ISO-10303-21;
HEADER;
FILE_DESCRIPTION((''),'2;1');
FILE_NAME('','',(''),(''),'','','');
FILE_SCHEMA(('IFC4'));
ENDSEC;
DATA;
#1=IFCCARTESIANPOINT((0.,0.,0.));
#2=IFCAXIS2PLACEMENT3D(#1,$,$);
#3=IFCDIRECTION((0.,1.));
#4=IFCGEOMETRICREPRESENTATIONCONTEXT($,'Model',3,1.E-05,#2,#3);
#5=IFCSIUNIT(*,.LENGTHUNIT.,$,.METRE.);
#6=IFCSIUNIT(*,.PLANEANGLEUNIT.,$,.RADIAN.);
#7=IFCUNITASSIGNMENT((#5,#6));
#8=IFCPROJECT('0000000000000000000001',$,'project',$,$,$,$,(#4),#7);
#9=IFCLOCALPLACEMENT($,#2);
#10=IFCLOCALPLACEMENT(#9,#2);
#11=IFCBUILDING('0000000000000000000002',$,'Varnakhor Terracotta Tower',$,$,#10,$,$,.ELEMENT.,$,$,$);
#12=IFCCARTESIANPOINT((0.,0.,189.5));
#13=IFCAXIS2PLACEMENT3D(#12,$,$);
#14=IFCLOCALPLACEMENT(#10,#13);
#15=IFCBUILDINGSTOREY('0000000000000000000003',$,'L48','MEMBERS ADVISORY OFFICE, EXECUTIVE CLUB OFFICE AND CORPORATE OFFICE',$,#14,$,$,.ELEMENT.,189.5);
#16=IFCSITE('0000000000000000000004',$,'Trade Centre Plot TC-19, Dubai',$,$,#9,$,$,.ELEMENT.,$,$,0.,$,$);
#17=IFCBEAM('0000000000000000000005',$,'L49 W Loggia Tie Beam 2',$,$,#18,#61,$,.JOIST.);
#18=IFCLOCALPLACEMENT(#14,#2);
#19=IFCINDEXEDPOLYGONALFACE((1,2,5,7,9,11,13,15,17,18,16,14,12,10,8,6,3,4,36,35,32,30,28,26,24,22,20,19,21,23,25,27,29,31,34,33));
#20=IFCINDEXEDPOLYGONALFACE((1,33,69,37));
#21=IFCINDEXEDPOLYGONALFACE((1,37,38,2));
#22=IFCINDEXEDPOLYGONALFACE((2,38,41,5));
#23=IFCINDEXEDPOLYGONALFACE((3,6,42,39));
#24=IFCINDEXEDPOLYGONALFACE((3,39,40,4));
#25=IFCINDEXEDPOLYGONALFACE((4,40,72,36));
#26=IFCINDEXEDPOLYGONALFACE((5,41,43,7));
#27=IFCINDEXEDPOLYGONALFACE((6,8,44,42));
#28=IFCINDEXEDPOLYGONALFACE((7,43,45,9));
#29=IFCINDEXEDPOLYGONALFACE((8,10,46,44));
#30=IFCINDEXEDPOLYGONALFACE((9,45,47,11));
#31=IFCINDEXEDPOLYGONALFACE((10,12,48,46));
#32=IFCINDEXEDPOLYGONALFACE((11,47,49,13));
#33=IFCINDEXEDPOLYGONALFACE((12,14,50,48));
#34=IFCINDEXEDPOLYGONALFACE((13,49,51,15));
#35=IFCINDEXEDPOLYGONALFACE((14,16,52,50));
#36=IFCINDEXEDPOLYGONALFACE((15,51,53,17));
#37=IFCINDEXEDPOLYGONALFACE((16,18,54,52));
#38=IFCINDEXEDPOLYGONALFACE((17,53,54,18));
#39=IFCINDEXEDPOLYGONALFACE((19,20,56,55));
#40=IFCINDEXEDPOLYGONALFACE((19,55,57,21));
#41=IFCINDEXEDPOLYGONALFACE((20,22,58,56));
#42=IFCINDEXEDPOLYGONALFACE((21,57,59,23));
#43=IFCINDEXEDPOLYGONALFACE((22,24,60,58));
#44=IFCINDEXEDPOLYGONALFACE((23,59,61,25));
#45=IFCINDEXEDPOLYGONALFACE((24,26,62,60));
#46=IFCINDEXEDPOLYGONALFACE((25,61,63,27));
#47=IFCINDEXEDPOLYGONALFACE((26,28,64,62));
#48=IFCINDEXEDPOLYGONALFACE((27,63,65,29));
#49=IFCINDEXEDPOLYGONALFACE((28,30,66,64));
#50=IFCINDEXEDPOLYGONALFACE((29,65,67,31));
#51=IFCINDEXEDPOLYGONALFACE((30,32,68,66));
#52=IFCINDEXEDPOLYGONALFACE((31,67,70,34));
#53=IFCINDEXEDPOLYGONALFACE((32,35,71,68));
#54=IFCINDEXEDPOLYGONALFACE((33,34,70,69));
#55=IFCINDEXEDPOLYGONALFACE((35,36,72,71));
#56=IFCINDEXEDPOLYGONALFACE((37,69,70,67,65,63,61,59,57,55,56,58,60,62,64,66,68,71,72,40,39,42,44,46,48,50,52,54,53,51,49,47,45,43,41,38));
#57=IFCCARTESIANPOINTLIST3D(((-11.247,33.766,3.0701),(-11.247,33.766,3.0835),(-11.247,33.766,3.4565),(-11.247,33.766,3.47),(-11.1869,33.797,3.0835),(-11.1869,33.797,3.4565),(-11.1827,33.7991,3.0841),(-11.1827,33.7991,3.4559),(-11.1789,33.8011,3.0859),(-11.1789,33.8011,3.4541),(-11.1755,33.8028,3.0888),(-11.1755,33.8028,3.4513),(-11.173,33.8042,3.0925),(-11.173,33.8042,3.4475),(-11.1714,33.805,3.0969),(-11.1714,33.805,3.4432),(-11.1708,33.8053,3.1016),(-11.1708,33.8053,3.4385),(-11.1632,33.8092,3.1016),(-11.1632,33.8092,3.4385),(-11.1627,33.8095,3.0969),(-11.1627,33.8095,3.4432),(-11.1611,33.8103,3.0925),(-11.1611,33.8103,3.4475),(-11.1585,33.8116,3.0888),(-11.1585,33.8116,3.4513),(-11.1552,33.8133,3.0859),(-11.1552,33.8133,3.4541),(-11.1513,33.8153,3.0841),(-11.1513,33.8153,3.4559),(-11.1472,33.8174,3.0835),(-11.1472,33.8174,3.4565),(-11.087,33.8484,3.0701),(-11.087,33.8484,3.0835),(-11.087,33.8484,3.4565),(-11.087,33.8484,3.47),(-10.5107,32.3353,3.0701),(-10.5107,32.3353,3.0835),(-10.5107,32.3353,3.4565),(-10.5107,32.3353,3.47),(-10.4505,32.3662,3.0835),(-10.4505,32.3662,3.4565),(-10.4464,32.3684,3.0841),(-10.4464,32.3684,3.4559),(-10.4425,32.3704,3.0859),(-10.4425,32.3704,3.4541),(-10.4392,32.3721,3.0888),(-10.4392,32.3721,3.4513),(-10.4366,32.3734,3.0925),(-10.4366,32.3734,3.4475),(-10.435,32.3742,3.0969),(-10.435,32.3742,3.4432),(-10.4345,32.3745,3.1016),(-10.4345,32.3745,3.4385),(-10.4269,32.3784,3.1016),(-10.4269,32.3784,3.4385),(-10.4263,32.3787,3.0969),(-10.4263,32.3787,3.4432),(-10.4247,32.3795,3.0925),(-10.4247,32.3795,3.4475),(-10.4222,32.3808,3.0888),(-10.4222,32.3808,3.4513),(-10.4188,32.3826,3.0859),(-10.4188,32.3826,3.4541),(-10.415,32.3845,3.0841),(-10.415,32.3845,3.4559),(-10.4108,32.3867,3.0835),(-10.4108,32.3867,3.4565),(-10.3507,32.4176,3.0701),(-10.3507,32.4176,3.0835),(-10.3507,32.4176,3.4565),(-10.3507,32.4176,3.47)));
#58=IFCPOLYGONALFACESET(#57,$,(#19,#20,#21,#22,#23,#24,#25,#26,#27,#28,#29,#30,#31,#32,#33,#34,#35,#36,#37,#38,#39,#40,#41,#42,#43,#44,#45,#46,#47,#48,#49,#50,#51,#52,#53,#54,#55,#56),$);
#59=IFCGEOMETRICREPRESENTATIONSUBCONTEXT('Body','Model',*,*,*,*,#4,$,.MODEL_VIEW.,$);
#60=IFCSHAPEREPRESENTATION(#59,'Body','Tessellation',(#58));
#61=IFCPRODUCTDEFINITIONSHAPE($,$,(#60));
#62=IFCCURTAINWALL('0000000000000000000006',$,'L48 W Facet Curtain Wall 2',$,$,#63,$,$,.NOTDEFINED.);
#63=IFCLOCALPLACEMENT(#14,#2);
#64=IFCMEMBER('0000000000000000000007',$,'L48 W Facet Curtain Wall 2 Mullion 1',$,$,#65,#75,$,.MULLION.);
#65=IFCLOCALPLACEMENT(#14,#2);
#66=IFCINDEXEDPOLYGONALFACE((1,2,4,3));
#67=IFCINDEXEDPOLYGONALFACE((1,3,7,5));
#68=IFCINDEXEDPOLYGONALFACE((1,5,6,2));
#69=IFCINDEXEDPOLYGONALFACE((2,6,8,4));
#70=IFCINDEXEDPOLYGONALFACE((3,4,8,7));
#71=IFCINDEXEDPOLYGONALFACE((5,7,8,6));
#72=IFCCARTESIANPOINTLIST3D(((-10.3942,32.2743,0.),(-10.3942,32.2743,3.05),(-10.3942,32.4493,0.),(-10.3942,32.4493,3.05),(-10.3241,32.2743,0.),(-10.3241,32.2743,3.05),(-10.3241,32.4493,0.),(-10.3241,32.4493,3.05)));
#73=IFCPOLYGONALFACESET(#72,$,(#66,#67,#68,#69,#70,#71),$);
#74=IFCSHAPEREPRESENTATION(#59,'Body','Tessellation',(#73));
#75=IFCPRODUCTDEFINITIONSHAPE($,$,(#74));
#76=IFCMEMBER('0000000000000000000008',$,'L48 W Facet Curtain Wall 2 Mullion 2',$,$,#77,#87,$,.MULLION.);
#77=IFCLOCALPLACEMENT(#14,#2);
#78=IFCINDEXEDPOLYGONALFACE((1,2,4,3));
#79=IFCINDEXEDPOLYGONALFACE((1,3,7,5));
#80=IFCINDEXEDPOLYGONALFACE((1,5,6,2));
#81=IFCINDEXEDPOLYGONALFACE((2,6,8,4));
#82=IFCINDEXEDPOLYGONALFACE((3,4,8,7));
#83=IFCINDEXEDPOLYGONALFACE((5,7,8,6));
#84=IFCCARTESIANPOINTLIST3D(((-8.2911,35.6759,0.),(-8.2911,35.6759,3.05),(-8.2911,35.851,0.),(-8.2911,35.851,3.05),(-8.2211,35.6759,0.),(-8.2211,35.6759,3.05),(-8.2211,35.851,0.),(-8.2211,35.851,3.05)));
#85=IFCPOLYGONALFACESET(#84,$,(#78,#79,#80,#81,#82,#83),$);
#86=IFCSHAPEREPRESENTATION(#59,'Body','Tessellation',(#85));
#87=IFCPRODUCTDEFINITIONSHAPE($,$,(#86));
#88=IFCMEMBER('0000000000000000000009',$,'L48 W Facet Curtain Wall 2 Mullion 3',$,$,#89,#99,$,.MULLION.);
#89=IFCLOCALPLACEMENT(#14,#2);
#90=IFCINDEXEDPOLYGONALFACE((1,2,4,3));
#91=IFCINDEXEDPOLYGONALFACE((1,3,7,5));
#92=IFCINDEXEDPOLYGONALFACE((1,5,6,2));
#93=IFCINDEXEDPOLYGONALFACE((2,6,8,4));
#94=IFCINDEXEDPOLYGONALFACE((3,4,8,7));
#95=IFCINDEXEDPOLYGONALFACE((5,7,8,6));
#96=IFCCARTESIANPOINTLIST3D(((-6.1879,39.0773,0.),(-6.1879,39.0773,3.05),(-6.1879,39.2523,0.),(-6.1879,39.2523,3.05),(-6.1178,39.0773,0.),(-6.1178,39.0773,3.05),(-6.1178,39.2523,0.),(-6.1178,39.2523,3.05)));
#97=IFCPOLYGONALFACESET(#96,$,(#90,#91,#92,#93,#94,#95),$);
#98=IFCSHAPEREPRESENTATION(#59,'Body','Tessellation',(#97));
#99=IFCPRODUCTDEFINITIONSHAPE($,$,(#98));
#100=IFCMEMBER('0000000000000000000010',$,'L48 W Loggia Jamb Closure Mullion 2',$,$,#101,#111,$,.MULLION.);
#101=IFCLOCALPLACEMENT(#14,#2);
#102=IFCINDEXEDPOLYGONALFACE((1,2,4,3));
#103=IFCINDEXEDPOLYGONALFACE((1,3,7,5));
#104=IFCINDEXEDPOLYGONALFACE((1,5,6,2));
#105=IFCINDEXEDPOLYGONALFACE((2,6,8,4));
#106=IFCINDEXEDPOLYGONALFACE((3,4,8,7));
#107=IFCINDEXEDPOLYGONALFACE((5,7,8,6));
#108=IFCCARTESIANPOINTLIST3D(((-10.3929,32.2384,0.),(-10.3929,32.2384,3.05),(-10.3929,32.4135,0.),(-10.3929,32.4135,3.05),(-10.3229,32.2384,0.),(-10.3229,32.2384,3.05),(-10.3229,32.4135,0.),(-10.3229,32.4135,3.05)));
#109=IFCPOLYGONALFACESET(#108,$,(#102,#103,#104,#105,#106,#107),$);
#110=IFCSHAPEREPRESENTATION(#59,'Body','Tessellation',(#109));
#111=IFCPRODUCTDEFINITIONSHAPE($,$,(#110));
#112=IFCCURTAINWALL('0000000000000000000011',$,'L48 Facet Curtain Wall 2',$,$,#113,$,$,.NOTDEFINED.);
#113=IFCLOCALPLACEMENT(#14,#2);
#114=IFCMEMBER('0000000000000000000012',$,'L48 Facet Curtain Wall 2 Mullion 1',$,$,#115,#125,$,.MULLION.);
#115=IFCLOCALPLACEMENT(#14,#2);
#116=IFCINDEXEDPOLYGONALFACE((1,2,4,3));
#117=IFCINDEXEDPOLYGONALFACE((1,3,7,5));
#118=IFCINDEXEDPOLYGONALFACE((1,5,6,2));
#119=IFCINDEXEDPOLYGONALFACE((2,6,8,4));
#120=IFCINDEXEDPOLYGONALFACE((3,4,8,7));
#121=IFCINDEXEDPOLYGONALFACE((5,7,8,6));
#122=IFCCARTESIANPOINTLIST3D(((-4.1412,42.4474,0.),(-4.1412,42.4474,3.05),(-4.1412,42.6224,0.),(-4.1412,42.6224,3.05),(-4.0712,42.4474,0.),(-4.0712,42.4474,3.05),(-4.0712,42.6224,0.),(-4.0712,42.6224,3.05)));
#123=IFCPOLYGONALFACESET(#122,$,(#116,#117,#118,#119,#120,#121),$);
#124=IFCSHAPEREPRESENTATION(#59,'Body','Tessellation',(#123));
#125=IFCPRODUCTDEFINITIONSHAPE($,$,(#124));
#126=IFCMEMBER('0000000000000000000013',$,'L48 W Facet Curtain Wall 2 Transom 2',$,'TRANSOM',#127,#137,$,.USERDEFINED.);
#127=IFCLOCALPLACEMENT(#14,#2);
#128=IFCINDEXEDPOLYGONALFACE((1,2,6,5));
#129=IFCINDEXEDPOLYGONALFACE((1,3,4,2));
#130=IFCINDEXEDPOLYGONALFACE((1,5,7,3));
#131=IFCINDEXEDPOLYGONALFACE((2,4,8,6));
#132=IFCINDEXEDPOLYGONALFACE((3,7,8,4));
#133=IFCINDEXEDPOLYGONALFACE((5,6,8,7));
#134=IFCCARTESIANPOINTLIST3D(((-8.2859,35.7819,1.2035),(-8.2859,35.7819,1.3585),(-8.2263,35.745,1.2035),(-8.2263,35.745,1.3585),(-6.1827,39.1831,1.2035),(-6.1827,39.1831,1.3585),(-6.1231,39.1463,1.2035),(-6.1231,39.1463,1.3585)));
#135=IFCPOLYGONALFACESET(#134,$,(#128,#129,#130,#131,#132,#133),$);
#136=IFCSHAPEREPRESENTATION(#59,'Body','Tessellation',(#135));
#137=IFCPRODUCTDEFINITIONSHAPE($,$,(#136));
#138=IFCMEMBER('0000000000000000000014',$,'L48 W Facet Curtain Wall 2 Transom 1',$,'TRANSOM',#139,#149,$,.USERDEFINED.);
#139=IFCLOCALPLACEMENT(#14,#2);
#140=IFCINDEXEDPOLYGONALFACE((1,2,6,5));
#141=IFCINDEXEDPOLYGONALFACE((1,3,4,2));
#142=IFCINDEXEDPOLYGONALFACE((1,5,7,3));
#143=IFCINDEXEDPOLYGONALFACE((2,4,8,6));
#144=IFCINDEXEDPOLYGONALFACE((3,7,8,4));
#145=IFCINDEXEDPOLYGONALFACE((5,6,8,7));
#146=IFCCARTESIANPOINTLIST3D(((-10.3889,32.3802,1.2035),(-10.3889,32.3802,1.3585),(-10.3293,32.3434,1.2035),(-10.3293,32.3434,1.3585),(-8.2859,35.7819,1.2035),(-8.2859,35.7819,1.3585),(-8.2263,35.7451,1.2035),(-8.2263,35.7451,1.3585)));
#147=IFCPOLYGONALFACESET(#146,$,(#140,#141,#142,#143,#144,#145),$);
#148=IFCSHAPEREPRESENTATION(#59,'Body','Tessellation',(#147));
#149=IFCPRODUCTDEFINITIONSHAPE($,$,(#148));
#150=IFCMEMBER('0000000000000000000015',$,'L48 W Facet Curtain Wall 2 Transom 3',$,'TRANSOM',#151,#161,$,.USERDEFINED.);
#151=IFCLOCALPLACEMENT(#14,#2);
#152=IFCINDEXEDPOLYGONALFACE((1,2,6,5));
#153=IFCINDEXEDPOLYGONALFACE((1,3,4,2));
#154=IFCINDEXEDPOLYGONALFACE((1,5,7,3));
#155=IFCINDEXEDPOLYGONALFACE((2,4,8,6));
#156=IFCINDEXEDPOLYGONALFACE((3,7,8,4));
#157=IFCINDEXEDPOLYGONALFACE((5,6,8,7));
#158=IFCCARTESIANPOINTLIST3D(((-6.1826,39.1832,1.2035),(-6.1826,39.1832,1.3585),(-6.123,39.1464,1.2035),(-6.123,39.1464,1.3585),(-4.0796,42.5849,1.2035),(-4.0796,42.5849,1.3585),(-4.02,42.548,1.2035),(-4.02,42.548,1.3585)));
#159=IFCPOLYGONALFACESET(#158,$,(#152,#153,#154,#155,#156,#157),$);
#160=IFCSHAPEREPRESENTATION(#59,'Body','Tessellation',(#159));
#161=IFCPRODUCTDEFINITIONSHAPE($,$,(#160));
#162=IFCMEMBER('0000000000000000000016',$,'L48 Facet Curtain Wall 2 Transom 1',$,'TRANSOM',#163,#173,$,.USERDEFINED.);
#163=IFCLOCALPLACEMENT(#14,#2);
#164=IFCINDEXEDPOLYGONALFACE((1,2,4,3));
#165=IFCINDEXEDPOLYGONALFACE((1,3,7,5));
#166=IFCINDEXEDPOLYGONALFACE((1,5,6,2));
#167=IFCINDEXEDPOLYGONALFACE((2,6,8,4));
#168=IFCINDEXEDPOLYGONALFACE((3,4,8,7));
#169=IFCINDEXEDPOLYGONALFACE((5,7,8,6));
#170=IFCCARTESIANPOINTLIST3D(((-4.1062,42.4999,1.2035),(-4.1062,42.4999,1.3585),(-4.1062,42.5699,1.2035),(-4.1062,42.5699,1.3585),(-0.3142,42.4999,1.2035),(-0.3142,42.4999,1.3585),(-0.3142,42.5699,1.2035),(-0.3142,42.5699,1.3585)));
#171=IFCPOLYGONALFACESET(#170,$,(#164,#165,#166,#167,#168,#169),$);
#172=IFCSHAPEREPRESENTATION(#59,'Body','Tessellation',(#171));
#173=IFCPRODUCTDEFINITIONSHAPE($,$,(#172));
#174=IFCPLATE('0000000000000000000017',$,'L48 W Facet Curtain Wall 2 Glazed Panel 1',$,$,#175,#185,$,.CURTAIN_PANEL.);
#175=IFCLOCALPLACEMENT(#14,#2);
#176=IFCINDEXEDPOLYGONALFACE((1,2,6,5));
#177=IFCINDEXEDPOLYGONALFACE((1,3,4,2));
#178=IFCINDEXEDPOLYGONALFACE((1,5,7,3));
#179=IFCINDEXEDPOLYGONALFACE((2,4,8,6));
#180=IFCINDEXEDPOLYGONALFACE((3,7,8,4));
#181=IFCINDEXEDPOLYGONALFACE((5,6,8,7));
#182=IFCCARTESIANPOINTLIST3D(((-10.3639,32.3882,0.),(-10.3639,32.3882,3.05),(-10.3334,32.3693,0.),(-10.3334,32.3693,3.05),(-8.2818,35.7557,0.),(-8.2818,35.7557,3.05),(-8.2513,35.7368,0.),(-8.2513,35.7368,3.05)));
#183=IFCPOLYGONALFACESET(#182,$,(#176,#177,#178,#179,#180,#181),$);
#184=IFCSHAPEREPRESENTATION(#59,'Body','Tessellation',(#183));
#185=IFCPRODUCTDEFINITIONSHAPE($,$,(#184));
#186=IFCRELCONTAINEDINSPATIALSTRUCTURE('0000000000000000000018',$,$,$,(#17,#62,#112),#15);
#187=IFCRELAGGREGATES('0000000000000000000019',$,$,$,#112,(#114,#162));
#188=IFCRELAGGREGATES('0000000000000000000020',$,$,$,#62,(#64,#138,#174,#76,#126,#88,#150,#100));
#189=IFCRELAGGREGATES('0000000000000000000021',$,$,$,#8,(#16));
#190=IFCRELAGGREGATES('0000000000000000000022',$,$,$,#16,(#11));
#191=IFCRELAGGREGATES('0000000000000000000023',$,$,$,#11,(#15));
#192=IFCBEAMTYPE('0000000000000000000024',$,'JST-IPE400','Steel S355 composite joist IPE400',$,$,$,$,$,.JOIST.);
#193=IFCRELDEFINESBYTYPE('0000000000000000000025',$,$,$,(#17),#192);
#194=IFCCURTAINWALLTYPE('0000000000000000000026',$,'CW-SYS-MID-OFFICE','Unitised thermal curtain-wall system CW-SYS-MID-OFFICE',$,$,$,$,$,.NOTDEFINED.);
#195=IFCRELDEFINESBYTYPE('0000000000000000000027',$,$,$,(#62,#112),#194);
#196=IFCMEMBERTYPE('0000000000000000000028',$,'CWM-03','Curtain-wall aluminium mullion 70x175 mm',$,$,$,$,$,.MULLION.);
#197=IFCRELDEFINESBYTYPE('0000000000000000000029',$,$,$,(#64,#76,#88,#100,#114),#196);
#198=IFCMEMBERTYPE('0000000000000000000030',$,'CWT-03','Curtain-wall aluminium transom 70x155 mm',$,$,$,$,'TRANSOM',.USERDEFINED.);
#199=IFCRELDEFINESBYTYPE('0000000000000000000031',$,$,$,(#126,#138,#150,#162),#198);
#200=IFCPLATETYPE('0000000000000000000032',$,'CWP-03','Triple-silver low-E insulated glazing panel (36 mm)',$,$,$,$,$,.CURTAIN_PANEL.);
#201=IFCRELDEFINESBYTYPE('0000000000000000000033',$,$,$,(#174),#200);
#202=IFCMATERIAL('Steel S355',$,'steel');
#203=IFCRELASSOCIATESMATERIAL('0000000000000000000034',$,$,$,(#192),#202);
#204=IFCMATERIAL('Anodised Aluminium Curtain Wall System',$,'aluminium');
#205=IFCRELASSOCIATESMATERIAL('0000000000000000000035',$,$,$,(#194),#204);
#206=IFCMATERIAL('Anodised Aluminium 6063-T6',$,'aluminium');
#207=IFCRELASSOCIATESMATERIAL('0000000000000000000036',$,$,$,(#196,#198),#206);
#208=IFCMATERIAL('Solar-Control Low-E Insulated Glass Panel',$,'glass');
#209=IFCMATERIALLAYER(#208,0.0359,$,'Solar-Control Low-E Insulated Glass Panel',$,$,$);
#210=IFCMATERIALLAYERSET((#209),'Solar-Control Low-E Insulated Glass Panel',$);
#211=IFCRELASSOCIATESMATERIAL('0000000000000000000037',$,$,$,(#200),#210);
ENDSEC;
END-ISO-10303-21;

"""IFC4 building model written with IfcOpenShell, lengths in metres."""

from ifc_helpers import new_model, si_unit, direction, frame, origin, origin_2d, place, context, subcontext, project, spatial, rectangle, i_section, extrude, source, transform, mapped, material, layer, layer_set, material_profile, profile_set, type_object, element, aggregate, save


model = new_model("IFC4")

# Units and contexts
model_context = context("Model", 3, precision=1e-05, world=origin(), true_north=direction((0.0, 1.0)))
body_context = subcontext(model_context, "Body", "Model", "MODEL_VIEW")
ifc_project = project(units=[si_unit("LENGTHUNIT", "METRE"), si_unit("PLANEANGLEUNIT", "RADIAN")], contexts=[model_context])

# Site, building, storey
site_placement = place(None, origin())
site = spatial("IfcSite", under=ifc_project, at=site_placement, Name="Trade Centre Plot TC-19, Dubai", CompositionType="ELEMENT", RefElevation=0.0)
building_placement = place(site_placement, origin())
building = spatial("IfcBuilding", under=site, at=building_placement, Name="Varnakhor Terracotta Tower", CompositionType="ELEMENT")
storey_placement = place(building_placement, frame((0.0, 0.0, 189.5)))
storey = spatial("IfcBuildingStorey", under=building, at=storey_placement, Name="L48", Description="MEMBERS ADVISORY OFFICE, EXECUTIVE CLUB OFFICE AND CORPORATE OFFICE", CompositionType="ELEMENT", Elevation=189.5)

# Beam
ifc_material_1 = material(Name="Steel S355", Category="steel")
ifc_material_profile_1 = material_profile(ifc_material_1, i_section(OverallWidth=0.1799, OverallDepth=0.3999, WebThickness=0.0085, FlangeThickness=0.0134, FilletRadius=0.0181, at=origin_2d()), Name="IPE400")
ifc_profile_set_1 = profile_set([ifc_material_profile_1], Name="Steel S355")
beam_type_1 = type_object("IfcBeamType", Name="JST-IPE400", Description="Steel S355 composite joist IPE400", PredefinedType="JOIST", material=ifc_profile_set_1)
shared_shape_1 = source(origin(), body_context, "Body", "SweptSolid", [
    extrude(i_section(OverallWidth=0.1799, OverallDepth=0.3999, WebThickness=0.0085, FlangeThickness=0.0134, FilletRadius=0.0181, at=origin_2d()), origin(), (0.0, 0.0, 1.0), 1.6091),
])
beam_1_placement = place(storey_placement, frame((-10.4307, 32.3765, 3.27), z_axis=(-0.457622, 0.889147, 0.0), x_axis=(-0.889147, -0.457622, 0.0)))
element("IfcBeam", 1, at=beam_1_placement, inside=storey, type_object=beam_type_1, Name="L49 W Loggia Tie Beam 2", PredefinedType="JOIST", context=body_context, shape_type="MappedRepresentation", body=[
    mapped(shared_shape_1, transform((0.0, 0.0, 0.0), scale=1.0)),
])

# Curtain wall, members
ifc_material_2 = material(Name="Anodised Aluminium Curtain Wall System", Category="aluminium")
curtain_wall_type = type_object("IfcCurtainWallType", Name="CW-SYS-MID-OFFICE", Description="Unitised thermal curtain-wall system CW-SYS-MID-OFFICE", PredefinedType="NOTDEFINED", material=ifc_material_2)
curtain_wall_1_placement = place(storey_placement, origin())
curtain_wall_1 = element("IfcCurtainWall", 2, at=curtain_wall_1_placement, inside=storey, type_object=curtain_wall_type, Name="L48 W Facet Curtain Wall 2", PredefinedType="NOTDEFINED")
ifc_material_3 = material(Name="Anodised Aluminium 6063-T6", Category="aluminium")
ifc_material_profile_2 = material_profile(ifc_material_3, rectangle(XDim=0.0701, YDim=0.175, at=origin_2d()), Name="ALU MULLION 70x175")
ifc_profile_set_2 = profile_set([ifc_material_profile_2], Name="Anodised Aluminium 6063-T6")
member_type_1 = type_object("IfcMemberType", Name="CWM-03", Description="Curtain-wall aluminium mullion 70x175 mm", PredefinedType="MULLION", material=ifc_profile_set_2)
shared_shape_2 = source(origin(), body_context, "Body", "SweptSolid", [
    extrude(rectangle(XDim=0.0701, YDim=0.175, at=origin_2d()), origin(), (0.0, 0.0, 1.0), 3.05),
])
member_1_placement = place(storey_placement, frame((-10.3591, 32.3618, 0.0), z_axis=(0.0, 0.0, 1.0), x_axis=(1.0, 0.0, 0.0)))
member_1 = element("IfcMember", 3, at=member_1_placement, type_object=member_type_1, Name="L48 W Facet Curtain Wall 2 Mullion 1", PredefinedType="MULLION", context=body_context, shape_type="MappedRepresentation", body=[
    mapped(shared_shape_2, transform((0.0, 0.0, 0.0), scale=1.0)),
])
member_2_placement = place(storey_placement, frame((-8.2561, 35.7634, 0.0), z_axis=(0.0, 0.0, 1.0), x_axis=(1.0, 0.0, 0.0)))
member_2 = element("IfcMember", 4, at=member_2_placement, type_object=member_type_1, Name="L48 W Facet Curtain Wall 2 Mullion 2", PredefinedType="MULLION", context=body_context, shape_type="MappedRepresentation", body=[
    mapped(shared_shape_2, transform((0.0, 0.0, 0.0), scale=1.0)),
])
member_3_placement = place(storey_placement, frame((-6.1528, 39.1648, 0.0), z_axis=(0.0, 0.0, 1.0), x_axis=(1.0, 0.0, 0.0)))
member_3 = element("IfcMember", 5, at=member_3_placement, type_object=member_type_1, Name="L48 W Facet Curtain Wall 2 Mullion 3", PredefinedType="MULLION", context=body_context, shape_type="MappedRepresentation", body=[
    mapped(shared_shape_2, transform((0.0, 0.0, 0.0), scale=1.0)),
])
member_4_placement = place(storey_placement, frame((-10.3579, 32.3259, 0.0), z_axis=(0.0, 0.0, 1.0), x_axis=(1.0, 0.0, 0.0)))
member_4 = element("IfcMember", 6, at=member_4_placement, type_object=member_type_1, Name="L48 W Loggia Jamb Closure Mullion 2", PredefinedType="MULLION", context=body_context, shape_type="MappedRepresentation", body=[
    mapped(shared_shape_2, transform((0.0, 0.0, 0.0), scale=1.0)),
])

# Curtain wall, member
curtain_wall_2_placement = place(storey_placement, origin())
curtain_wall_2 = element("IfcCurtainWall", 7, at=curtain_wall_2_placement, inside=storey, type_object=curtain_wall_type, Name="L48 Facet Curtain Wall 2", PredefinedType="NOTDEFINED")
member_5_placement = place(storey_placement, frame((-4.1062, 42.5349, 0.0), z_axis=(0.0, 0.0, 1.0), x_axis=(1.0, 0.0, 0.0)))
member_5 = element("IfcMember", 8, at=member_5_placement, type_object=member_type_1, Name="L48 Facet Curtain Wall 2 Mullion 1", PredefinedType="MULLION", context=body_context, shape_type="MappedRepresentation", body=[
    mapped(shared_shape_2, transform((0.0, 0.0, 0.0), scale=1.0)),
])

# Members
ifc_material_profile_3 = material_profile(ifc_material_3, rectangle(XDim=0.0701, YDim=0.155, at=origin_2d()), Name="ALU TRANSOM 70x155")
ifc_profile_set_3 = profile_set([ifc_material_profile_3], Name="Anodised Aluminium 6063-T6")
member_type_2 = type_object("IfcMemberType", Name="CWT-03", Description="Curtain-wall aluminium transom 70x155 mm", ElementType="TRANSOM", PredefinedType="USERDEFINED", material=ifc_profile_set_3)
shared_shape_3 = source(origin(), body_context, "Body", "SweptSolid", [
    extrude(rectangle(XDim=0.0701, YDim=0.155, at=origin_2d()), origin(), (0.0, 0.0, 1.0), 3.999),
])
member_6_placement = place(storey_placement, frame((-8.2561, 35.7634, 1.281), z_axis=(0.525932, 0.850527, 0.0), x_axis=(-0.850527, 0.525932, 0.0)))
member_6 = element("IfcMember", 9, at=member_6_placement, type_object=member_type_2, Name="L48 W Facet Curtain Wall 2 Transom 2", ObjectType="TRANSOM", PredefinedType="USERDEFINED", context=body_context, shape_type="MappedRepresentation", body=[
    mapped(shared_shape_3, transform((0.0, 0.0, 0.0), scale=1.0)),
])
shared_shape_4 = source(origin(), body_context, "Body", "SweptSolid", [
    extrude(rectangle(XDim=0.0701, YDim=0.155, at=origin_2d()), origin(), (0.0, 0.0, 1.0), 3.9993),
])
member_7_placement = place(storey_placement, frame((-10.3591, 32.3618, 1.281), z_axis=(0.525861, 0.850571, 0.0), x_axis=(-0.850571, 0.525861, 0.0)))
member_7 = element("IfcMember", 10, at=member_7_placement, type_object=member_type_2, Name="L48 W Facet Curtain Wall 2 Transom 1", ObjectType="TRANSOM", PredefinedType="USERDEFINED", context=body_context, shape_type="MappedRepresentation", body=[
    mapped(shared_shape_4, transform((0.0, 0.0, 0.0), scale=1.0)),
])
member_8_placement = place(storey_placement, frame((-6.1528, 39.1648, 1.281), z_axis=(0.525861, 0.850571, 0.0), x_axis=(-0.850571, 0.525861, 0.0)))
member_8 = element("IfcMember", 11, at=member_8_placement, type_object=member_type_2, Name="L48 W Facet Curtain Wall 2 Transom 3", ObjectType="TRANSOM", PredefinedType="USERDEFINED", context=body_context, shape_type="MappedRepresentation", body=[
    mapped(shared_shape_4, transform((0.0, 0.0, 0.0), scale=1.0)),
])
shared_shape_5 = source(origin(), body_context, "Body", "SweptSolid", [
    extrude(rectangle(XDim=0.0701, YDim=0.155, at=origin_2d()), origin(), (0.0, 0.0, 1.0), 3.792),
])
member_9_placement = place(storey_placement, frame((-4.1062, 42.5349, 1.281), z_axis=(1.0, 0.0, 0.0), x_axis=(0.0, 1.0, 0.0)))
member_9 = element("IfcMember", 12, at=member_9_placement, type_object=member_type_2, Name="L48 Facet Curtain Wall 2 Transom 1", ObjectType="TRANSOM", PredefinedType="USERDEFINED", context=body_context, shape_type="MappedRepresentation", body=[
    mapped(shared_shape_5, transform((0.0, 0.0, 0.0), scale=1.0)),
])
aggregate(curtain_wall_2, [member_5, member_9])

# Plate
ifc_material_4 = material(Name="Solar-Control Low-E Insulated Glass Panel", Category="glass")
ifc_layer_1 = layer(ifc_material_4, 0.0359, Name="Solar-Control Low-E Insulated Glass Panel")
ifc_layer_set_1 = layer_set([ifc_layer_1], Name="Solar-Control Low-E Insulated Glass Panel")
plate_type = type_object("IfcPlateType", Name="CWP-03", Description="Triple-silver low-E insulated glazing panel (36 mm)", PredefinedType="CURTAIN_PANEL", material=ifc_layer_set_1)
shared_shape_6 = source(origin(), body_context, "Body", "SweptSolid", [
    extrude(rectangle(XDim=3.9592, YDim=0.0359, at=origin_2d()), origin(), (0.0, 0.0, 1.0), 3.05),
])
plate_1_placement = place(storey_placement, frame((-9.3076, 34.0625, 0.0), z_axis=(0.0, 0.0, 1.0), x_axis=(0.525887, 0.850554, 0.0)))
plate_1 = element("IfcPlate", 13, at=plate_1_placement, type_object=plate_type, Name="L48 W Facet Curtain Wall 2 Glazed Panel 1", PredefinedType="CURTAIN_PANEL", context=body_context, shape_type="MappedRepresentation", body=[
    mapped(shared_shape_6, transform((0.0, 0.0, 0.0), scale=1.0)),
])
aggregate(curtain_wall_1, [member_1, member_7, plate_1, member_2, member_6, member_3, member_8, member_4])

save(model, "model.ifc")
